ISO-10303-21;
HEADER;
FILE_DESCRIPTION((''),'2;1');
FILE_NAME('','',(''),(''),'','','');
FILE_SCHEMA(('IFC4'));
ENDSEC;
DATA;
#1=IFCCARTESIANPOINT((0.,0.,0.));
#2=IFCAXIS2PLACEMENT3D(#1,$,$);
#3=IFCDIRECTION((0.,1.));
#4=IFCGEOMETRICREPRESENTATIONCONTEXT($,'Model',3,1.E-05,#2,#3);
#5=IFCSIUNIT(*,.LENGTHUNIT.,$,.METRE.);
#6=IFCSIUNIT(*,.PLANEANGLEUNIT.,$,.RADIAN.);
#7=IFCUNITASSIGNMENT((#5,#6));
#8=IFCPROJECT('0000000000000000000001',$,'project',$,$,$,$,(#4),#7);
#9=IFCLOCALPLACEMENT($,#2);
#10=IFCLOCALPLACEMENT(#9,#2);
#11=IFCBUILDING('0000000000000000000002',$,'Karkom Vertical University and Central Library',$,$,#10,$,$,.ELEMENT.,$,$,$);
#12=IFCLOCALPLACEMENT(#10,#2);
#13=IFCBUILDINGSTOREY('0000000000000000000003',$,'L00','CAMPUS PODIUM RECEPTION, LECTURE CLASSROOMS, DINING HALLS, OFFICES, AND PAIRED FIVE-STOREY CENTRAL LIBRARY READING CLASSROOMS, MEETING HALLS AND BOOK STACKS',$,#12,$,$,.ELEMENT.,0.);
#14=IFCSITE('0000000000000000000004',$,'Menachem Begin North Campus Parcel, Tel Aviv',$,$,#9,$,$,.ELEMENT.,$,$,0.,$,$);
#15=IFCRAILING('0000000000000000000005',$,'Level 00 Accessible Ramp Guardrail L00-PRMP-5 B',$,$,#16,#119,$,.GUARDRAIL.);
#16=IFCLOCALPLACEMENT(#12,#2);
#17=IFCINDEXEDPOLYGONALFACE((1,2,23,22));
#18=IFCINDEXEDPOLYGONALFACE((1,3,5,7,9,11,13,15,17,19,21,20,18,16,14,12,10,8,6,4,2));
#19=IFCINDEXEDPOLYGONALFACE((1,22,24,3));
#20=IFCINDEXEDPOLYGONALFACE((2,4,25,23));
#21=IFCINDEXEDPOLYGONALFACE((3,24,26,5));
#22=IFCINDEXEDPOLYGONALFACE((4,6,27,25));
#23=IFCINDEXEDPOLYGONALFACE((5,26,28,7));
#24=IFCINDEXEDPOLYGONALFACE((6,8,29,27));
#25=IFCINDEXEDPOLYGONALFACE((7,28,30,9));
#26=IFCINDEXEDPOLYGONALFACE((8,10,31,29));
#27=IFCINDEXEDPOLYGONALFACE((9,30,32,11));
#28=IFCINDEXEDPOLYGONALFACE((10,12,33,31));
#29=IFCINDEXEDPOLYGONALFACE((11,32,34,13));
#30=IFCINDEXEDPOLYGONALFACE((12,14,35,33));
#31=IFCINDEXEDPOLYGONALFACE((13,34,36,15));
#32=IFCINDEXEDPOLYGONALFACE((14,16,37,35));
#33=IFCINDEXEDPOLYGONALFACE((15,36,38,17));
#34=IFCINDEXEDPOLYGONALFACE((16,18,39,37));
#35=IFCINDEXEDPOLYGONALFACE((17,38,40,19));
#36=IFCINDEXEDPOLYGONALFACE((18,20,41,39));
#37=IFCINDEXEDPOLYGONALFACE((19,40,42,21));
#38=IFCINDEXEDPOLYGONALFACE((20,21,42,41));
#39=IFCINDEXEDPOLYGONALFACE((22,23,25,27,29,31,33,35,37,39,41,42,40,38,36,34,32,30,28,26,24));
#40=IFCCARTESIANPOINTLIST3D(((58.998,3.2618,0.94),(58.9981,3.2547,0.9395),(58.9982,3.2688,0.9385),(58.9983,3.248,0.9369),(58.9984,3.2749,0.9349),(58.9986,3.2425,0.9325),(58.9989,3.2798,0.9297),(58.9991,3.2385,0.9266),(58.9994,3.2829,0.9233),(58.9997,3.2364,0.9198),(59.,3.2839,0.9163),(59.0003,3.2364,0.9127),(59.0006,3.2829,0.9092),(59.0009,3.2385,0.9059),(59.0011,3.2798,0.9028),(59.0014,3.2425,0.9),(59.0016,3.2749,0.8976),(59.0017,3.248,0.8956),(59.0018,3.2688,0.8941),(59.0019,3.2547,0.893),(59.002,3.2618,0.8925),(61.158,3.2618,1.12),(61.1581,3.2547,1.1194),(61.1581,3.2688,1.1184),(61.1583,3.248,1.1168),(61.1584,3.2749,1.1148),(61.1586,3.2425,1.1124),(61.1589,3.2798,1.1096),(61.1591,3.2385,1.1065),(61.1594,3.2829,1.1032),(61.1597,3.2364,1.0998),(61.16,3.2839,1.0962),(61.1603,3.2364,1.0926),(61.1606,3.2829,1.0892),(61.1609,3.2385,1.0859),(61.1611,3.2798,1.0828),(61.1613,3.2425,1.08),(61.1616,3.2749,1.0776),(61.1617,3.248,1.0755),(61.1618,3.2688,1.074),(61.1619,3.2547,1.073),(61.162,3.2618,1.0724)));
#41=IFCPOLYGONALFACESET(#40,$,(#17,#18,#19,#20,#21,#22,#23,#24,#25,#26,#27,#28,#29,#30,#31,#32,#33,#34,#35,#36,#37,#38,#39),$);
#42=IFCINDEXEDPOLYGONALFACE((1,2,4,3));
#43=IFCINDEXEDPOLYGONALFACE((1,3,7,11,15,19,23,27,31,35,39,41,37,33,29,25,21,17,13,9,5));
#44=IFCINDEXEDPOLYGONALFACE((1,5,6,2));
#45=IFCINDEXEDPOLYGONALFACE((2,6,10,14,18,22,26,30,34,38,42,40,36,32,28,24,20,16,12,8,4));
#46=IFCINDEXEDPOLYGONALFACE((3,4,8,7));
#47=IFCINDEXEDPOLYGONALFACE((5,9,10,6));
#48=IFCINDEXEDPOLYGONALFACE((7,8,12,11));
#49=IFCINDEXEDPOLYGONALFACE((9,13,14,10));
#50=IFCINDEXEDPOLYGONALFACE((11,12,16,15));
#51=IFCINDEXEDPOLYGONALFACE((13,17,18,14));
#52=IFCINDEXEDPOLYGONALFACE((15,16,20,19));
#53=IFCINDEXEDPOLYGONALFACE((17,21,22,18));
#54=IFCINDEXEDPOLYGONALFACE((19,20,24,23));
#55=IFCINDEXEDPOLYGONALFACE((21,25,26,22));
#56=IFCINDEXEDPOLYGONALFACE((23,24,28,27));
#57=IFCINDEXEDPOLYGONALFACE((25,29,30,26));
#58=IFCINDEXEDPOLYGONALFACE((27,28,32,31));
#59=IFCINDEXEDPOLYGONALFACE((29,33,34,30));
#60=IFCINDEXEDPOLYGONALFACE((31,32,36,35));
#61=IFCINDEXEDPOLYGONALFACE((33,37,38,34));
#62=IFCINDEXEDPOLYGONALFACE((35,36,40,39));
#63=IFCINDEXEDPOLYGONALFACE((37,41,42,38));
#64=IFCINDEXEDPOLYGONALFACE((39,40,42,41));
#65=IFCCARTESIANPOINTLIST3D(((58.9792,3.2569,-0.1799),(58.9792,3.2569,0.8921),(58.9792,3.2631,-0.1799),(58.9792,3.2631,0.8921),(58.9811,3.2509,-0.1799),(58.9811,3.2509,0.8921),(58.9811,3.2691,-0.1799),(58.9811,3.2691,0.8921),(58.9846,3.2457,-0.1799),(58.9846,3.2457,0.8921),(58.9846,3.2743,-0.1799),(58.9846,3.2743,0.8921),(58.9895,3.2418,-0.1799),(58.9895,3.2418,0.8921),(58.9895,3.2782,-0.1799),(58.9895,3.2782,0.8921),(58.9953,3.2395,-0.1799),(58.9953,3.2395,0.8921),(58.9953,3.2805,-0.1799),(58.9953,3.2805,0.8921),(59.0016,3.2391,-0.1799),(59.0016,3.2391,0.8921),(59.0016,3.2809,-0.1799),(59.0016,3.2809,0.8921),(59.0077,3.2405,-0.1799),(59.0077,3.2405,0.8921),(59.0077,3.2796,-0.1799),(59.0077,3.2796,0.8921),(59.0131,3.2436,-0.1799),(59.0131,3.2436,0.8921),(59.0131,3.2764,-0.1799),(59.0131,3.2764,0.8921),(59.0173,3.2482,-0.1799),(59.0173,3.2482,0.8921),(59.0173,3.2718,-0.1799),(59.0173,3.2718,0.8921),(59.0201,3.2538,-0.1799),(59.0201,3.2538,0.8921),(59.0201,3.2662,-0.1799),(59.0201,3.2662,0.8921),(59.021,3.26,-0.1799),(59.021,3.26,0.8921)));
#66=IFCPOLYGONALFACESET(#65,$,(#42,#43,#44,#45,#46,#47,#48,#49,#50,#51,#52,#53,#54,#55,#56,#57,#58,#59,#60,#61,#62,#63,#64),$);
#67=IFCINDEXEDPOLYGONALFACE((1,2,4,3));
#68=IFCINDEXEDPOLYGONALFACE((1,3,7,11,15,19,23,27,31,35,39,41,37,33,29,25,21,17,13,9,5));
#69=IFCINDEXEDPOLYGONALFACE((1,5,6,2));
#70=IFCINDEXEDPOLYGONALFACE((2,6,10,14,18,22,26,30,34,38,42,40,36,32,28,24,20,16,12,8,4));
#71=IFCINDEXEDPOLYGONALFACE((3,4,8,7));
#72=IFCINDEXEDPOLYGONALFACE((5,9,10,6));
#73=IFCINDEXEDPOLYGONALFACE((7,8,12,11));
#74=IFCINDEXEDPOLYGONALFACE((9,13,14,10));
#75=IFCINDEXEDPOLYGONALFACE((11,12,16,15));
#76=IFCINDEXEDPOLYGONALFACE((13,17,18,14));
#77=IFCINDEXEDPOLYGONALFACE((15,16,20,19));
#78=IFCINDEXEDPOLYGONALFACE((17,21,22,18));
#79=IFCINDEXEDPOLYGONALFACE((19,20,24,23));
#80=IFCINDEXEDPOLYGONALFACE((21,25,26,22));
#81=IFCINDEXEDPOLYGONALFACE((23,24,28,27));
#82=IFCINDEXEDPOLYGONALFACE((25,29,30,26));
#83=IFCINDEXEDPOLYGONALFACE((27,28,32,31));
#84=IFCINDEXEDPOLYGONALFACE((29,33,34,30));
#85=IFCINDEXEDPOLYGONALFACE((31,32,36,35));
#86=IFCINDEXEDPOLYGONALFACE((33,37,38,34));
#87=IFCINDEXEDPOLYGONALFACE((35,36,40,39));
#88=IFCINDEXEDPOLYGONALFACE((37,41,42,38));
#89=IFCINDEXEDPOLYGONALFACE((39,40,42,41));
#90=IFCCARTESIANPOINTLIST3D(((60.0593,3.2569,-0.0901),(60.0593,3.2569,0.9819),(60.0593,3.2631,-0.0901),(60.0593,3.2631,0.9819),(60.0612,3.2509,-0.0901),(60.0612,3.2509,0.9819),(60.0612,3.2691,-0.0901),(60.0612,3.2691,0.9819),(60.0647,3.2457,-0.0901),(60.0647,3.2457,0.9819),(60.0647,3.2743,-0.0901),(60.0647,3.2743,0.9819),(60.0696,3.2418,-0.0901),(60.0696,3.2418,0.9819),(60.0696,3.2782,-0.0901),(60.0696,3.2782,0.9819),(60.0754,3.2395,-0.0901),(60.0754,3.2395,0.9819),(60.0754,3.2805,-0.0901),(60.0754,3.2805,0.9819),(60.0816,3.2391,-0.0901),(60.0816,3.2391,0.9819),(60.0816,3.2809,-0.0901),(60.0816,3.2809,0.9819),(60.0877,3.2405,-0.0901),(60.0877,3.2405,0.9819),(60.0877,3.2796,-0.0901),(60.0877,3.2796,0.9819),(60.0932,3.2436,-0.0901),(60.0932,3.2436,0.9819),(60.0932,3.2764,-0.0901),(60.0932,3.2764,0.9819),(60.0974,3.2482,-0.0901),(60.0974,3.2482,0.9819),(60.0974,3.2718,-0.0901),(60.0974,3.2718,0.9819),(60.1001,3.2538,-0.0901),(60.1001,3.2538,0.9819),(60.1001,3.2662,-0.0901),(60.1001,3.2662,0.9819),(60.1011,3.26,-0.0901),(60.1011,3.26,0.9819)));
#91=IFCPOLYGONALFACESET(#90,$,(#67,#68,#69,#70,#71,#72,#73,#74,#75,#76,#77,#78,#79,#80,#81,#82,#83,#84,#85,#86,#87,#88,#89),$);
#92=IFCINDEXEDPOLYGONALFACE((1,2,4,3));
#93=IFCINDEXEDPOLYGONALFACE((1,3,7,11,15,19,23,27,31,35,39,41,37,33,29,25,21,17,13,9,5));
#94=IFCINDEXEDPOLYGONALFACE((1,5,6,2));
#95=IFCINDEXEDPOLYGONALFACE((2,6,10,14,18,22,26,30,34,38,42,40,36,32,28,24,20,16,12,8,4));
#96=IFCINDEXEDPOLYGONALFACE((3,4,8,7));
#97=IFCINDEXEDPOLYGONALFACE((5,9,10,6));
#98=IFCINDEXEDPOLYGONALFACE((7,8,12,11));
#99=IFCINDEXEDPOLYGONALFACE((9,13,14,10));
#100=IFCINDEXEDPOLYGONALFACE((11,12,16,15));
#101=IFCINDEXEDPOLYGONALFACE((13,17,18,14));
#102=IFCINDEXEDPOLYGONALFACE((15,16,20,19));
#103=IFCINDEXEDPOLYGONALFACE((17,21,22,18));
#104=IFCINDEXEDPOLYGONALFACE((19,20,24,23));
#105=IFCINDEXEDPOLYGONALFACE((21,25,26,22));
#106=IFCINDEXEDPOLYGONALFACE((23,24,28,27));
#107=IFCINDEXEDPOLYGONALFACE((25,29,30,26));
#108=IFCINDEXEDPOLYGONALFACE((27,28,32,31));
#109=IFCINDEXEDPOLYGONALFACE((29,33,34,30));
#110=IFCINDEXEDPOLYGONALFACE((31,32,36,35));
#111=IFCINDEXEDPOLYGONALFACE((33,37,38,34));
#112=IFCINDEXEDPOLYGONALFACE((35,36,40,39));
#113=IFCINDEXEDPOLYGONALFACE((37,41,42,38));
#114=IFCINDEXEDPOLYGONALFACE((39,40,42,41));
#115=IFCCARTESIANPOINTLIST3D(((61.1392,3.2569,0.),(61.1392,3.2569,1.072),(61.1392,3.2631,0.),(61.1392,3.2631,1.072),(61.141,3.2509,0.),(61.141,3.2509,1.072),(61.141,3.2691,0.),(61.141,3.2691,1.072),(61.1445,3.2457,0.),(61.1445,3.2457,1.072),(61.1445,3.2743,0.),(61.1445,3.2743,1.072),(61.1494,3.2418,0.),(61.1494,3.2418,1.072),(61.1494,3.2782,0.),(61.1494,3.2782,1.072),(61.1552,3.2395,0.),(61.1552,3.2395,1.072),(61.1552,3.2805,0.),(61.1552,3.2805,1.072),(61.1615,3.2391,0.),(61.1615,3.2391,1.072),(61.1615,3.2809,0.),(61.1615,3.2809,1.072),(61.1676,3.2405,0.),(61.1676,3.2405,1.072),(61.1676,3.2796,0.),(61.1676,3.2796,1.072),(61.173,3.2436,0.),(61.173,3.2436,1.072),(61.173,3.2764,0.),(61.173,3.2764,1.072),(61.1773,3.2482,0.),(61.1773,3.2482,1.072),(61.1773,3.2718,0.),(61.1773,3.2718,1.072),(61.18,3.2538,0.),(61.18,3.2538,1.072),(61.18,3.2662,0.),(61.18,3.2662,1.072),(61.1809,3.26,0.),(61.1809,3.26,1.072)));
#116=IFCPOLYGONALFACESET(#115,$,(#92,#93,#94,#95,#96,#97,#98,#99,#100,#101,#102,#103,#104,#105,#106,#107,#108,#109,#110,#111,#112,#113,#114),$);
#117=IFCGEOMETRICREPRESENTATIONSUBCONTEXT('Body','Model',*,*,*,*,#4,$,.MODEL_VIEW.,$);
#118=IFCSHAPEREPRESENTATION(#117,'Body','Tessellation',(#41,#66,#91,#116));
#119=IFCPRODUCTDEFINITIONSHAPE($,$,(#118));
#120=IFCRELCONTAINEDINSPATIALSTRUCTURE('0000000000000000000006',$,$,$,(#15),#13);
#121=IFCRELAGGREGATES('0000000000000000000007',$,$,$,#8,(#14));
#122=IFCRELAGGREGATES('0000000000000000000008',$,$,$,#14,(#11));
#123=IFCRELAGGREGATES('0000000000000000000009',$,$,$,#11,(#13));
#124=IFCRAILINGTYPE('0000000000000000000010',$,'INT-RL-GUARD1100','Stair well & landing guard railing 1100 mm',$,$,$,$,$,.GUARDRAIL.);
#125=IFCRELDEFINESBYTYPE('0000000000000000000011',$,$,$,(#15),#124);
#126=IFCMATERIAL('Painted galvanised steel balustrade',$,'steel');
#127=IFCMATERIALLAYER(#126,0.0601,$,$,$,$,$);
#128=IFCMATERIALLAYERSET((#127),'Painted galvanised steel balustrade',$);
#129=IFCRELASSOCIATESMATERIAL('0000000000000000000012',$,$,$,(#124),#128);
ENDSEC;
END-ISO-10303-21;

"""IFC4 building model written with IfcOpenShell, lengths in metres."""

from ifc_helpers import new_model, si_unit, direction, frame, origin, origin_2d, place, context, subcontext, project, spatial, circle, extrude, material, layer, layer_set, type_object, element, save


model = new_model("IFC4")

# Units and contexts
model_context = context("Model", 3, precision=1e-05, world=origin(), true_north=direction((0.0, 1.0)))
body_context = subcontext(model_context, "Body", "Model", "MODEL_VIEW")
ifc_project = project(units=[si_unit("LENGTHUNIT", "METRE"), si_unit("PLANEANGLEUNIT", "RADIAN")], contexts=[model_context])

# Site, building, storey
site_placement = place(None, origin())
site = spatial("IfcSite", under=ifc_project, at=site_placement, Name="Menachem Begin North Campus Parcel, Tel Aviv", CompositionType="ELEMENT", RefElevation=0.0)
building_placement = place(site_placement, origin())
building = spatial("IfcBuilding", under=site, at=building_placement, Name="Karkom Vertical University and Central Library", CompositionType="ELEMENT")
storey_placement = place(building_placement, origin())
storey = spatial("IfcBuildingStorey", under=building, at=storey_placement, Name="L00", Description="CAMPUS PODIUM RECEPTION, LECTURE CLASSROOMS, DINING HALLS, OFFICES, AND PAIRED FIVE-STOREY CENTRAL LIBRARY READING CLASSROOMS, MEETING HALLS AND BOOK STACKS", CompositionType="ELEMENT", Elevation=0.0)

# Railing
ifc_material_1 = material(Name="Painted galvanised steel balustrade", Category="steel")
ifc_layer_1 = layer(ifc_material_1, 0.0601)
ifc_layer_set_1 = layer_set([ifc_layer_1], Name="Painted galvanised steel balustrade")
railing_type = type_object("IfcRailingType", Name="INT-RL-GUARD1100", Description="Stair well & landing guard railing 1100 mm", PredefinedType="GUARDRAIL", material=ifc_layer_set_1)
for number, where, name in (
    (1, (59.0, 3.26, -0.1799), "Level 00 Accessible Ramp Guardrail L00-PRMP-5 B"),
):
    element("IfcRailing", number, at=place(storey_placement, frame(where)), inside=storey, type_object=railing_type, Name=name, PredefinedType="GUARDRAIL", context=body_context, shape_type="SweptSolid", body=[
        extrude(circle(Radius=0.0239, at=origin_2d()), frame((0.0, 0.0, 1.0962), z_axis=(0.996548, 0.0, 0.083018), x_axis=(0.0, 1.0, 0.0)), (0.0, 0.0, 1.0), 2.1675),
        extrude(circle(Radius=0.021, at=origin_2d()), origin(), (0.0, 0.0, 1.0), 1.072),
        extrude(circle(Radius=0.021, at=origin_2d()), frame((1.0801, 0.0, 0.0898)), (0.0, 0.0, 1.0), 1.072),
        extrude(circle(Radius=0.021, at=origin_2d()), frame((2.1599, 0.0, 0.1799)), (0.0, 0.0, 1.0), 1.072),
    ])

save(model, "model.ifc")
